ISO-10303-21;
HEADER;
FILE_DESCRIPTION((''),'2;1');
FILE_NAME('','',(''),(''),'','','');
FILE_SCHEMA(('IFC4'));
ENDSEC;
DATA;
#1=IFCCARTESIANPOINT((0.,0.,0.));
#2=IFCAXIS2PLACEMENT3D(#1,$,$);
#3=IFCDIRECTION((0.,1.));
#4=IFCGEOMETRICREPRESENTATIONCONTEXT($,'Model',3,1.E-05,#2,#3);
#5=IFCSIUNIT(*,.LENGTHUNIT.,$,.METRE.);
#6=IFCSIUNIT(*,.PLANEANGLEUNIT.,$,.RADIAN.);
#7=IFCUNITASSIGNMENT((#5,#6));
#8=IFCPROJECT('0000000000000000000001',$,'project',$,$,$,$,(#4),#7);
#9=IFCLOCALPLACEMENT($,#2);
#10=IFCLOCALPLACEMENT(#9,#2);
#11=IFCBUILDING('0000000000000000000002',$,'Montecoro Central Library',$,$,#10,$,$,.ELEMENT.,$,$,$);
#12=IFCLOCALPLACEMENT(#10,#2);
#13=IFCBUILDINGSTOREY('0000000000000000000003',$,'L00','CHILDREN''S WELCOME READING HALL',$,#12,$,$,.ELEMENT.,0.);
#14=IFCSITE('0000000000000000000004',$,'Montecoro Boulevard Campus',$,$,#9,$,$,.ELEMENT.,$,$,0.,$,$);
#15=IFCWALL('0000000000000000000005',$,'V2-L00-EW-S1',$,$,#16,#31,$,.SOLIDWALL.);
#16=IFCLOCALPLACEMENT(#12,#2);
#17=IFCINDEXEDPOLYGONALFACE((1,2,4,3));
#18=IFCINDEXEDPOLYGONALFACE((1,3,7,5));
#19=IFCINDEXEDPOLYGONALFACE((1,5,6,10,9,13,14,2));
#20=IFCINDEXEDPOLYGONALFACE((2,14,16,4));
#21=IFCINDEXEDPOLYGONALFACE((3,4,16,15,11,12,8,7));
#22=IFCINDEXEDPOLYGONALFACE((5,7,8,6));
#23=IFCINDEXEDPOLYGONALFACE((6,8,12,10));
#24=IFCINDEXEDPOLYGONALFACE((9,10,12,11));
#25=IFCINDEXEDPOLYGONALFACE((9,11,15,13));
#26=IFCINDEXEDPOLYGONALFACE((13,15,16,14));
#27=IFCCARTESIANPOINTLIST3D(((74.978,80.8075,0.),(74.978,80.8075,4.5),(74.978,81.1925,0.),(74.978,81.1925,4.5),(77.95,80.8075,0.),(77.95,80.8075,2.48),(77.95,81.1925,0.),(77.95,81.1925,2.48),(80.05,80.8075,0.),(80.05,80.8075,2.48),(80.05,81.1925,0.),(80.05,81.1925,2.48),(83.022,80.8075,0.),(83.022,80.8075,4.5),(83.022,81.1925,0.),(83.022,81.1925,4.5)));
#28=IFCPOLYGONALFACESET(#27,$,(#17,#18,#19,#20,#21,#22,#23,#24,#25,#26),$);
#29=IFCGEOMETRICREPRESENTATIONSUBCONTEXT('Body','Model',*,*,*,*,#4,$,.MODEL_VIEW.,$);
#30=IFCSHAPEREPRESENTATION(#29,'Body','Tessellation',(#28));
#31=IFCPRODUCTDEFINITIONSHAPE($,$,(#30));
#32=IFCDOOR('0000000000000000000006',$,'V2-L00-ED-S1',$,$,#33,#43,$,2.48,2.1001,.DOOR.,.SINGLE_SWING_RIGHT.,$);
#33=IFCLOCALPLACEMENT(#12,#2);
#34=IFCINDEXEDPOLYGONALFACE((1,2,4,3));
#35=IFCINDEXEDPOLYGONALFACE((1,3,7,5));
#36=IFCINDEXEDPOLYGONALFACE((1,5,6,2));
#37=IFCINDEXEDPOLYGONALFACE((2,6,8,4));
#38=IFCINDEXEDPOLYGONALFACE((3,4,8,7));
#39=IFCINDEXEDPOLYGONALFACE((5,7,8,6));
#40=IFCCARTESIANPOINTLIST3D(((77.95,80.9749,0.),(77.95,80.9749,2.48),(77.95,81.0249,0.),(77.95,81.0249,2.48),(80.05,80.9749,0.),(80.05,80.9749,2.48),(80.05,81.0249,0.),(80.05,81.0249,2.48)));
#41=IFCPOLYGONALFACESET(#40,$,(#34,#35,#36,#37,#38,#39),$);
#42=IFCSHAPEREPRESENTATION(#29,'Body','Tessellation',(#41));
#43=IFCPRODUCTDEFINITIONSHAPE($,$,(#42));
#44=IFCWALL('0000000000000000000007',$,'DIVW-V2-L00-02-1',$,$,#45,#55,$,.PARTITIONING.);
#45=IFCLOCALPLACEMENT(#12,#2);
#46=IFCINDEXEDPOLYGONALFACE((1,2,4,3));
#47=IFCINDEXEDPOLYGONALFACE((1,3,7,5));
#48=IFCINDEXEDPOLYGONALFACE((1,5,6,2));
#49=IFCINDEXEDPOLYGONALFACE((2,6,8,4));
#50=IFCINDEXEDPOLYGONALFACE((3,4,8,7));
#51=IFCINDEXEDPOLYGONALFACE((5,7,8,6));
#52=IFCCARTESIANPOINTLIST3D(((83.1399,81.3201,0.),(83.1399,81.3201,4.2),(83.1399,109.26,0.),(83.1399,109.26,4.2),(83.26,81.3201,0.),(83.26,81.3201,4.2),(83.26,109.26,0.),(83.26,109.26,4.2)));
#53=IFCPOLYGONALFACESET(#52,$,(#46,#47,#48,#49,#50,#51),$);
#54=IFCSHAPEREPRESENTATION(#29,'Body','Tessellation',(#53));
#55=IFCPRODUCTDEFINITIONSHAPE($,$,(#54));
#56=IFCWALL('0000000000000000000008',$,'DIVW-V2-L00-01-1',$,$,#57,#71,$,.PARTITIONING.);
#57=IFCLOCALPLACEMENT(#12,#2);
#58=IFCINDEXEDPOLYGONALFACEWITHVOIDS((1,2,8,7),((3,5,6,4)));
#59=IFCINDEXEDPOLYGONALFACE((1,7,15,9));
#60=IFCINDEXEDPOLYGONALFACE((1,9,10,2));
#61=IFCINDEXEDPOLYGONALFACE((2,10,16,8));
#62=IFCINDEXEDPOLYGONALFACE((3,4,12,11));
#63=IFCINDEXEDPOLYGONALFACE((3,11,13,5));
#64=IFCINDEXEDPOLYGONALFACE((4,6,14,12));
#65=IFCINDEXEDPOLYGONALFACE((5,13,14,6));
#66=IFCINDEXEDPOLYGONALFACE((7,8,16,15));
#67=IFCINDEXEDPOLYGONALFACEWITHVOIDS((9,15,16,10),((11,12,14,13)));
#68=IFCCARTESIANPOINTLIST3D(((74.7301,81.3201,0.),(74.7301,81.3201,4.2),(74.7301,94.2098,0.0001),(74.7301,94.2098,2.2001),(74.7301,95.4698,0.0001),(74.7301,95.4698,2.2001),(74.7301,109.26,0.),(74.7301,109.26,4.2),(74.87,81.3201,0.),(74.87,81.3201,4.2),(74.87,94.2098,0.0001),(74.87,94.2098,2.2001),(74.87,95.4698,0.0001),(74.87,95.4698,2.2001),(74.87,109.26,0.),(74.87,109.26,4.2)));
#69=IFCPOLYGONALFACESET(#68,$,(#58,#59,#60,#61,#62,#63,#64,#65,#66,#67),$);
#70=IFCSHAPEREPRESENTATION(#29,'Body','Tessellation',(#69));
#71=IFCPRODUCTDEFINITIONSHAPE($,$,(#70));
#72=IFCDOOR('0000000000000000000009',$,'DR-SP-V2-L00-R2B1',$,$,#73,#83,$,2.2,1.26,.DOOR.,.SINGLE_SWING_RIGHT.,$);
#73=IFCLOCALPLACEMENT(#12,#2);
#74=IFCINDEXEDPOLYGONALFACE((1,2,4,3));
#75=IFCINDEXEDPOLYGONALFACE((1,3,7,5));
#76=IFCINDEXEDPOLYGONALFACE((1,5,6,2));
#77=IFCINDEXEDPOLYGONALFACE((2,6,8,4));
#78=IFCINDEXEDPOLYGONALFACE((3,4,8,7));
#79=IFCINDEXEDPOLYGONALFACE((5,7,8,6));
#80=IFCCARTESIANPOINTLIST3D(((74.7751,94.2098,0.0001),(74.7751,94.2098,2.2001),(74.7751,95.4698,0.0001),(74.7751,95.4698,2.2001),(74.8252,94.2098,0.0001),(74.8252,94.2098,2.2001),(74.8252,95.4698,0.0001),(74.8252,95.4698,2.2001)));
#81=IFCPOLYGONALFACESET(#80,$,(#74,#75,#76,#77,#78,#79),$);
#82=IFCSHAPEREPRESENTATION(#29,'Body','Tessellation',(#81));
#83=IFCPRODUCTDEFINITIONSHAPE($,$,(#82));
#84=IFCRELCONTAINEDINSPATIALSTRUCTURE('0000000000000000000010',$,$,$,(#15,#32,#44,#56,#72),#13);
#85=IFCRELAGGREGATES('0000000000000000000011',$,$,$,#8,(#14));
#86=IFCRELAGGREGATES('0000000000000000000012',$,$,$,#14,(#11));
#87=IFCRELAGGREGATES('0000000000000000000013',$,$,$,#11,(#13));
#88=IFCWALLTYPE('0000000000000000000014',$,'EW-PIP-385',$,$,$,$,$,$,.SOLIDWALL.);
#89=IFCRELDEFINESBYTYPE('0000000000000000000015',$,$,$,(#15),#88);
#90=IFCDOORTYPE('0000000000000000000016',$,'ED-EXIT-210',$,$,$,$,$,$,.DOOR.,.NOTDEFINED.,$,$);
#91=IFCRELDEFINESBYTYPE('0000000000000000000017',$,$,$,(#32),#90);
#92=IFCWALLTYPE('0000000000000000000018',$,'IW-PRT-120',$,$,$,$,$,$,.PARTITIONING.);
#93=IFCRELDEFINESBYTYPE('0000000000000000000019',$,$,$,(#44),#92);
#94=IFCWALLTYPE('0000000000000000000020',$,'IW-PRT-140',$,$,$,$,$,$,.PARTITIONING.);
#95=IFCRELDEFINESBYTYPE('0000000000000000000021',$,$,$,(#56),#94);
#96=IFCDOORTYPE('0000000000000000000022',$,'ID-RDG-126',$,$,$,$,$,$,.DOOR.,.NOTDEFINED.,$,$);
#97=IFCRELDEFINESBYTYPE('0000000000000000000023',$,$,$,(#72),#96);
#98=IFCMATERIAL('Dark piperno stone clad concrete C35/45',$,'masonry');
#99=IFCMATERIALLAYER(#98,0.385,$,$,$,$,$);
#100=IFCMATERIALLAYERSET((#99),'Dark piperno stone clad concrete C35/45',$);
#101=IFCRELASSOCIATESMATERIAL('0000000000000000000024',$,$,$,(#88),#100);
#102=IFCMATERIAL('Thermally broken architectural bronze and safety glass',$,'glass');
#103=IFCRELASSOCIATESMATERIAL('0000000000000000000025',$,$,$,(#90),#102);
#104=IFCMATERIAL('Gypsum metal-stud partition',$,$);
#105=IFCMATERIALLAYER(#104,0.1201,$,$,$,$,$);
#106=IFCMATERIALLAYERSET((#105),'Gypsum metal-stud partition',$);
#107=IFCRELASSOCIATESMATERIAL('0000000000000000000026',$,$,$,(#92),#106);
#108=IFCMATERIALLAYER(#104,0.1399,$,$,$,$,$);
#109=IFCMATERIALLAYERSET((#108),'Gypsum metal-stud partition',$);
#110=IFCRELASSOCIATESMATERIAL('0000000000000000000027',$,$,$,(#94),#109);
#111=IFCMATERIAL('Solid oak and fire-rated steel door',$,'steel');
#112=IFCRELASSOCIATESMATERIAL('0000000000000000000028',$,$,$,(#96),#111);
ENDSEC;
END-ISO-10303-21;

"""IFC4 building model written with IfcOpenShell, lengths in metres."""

from ifc_helpers import new_model, si_unit, direction, frame, frame_2d, origin, place, context, subcontext, project, spatial, rectangle, extrude, material, layer, layer_set, type_object, element, fill, save


model = new_model("IFC4")

# Units and contexts
model_context = context("Model", 3, precision=1e-05, world=origin(), true_north=direction((0.0, 1.0)))
body_context = subcontext(model_context, "Body", "Model", "MODEL_VIEW")
ifc_project = project(units=[si_unit("LENGTHUNIT", "METRE"), si_unit("PLANEANGLEUNIT", "RADIAN")], contexts=[model_context])

# Site, building, storey
site_placement = place(None, origin())
site = spatial("IfcSite", under=ifc_project, at=site_placement, Name="Montecoro Boulevard Campus", CompositionType="ELEMENT", RefElevation=0.0)
building_placement = place(site_placement, origin())
building = spatial("IfcBuilding", under=site, at=building_placement, Name="Montecoro Central Library", CompositionType="ELEMENT")
storey_placement = place(building_placement, origin())
storey = spatial("IfcBuildingStorey", under=building, at=storey_placement, Name="L00", Description="CHILDREN'S WELCOME READING HALL", CompositionType="ELEMENT", Elevation=0.0)

# Wall, opening, door
ifc_material_1 = material(Name="Dark piperno stone clad concrete C35/45", Category="masonry")
ifc_layer_1 = layer(ifc_material_1, 0.385)
ifc_layer_set_1 = layer_set([ifc_layer_1], Name="Dark piperno stone clad concrete C35/45")
wall_type_1 = type_object("IfcWallType", Name="EW-PIP-385", PredefinedType="SOLIDWALL", material=ifc_layer_set_1)
wall_1_placement = place(storey_placement, frame((74.978, 81.0, 0.0), z_axis=(0.0, 0.0, 1.0), x_axis=(1.0, 0.0, 0.0)))
wall_1 = element("IfcWall", 1, at=wall_1_placement, inside=storey, type_object=wall_type_1, Name="V2-L00-EW-S1", PredefinedType="SOLIDWALL", context=body_context, shape_type="SweptSolid", body=[
    extrude(rectangle(XDim=8.0439, YDim=0.385, at=frame_2d((4.022, 0.0))), origin(), (0.0, 0.0, 1.0), 4.5),
])
opening_1_placement = place(wall_1_placement, frame((2.9719, 0.0, 0.0)))
opening_1 = element("IfcOpeningElement", 2, at=opening_1_placement, cuts=wall_1, PredefinedType="OPENING", context=body_context, shape_type="SweptSolid", body=[
    extrude(rectangle(XDim=2.1001, YDim=2.48, at=frame_2d((1.05, 1.24))), frame((0.0, 0.2024, 0.0), z_axis=(0.0, -1.0, 0.0), x_axis=(1.0, 0.0, 0.0)), (0.0, 0.0, 1.0), 0.405),
])
ifc_material_2 = material(Name="Thermally broken architectural bronze and safety glass", Category="glass")
door_type_1 = type_object("IfcDoorType", Name="ED-EXIT-210", OperationType="NOTDEFINED", PredefinedType="DOOR", material=ifc_material_2)
door_1_placement = place(opening_1_placement, origin())
door_1 = element("IfcDoor", 3, at=door_1_placement, inside=storey, type_object=door_type_1, Name="V2-L00-ED-S1", OperationType="SINGLE_SWING_RIGHT", OverallHeight=2.48, OverallWidth=2.1001, PredefinedType="DOOR", context=body_context, shape_type="SweptSolid", body=[
    extrude(rectangle(XDim=2.1001, YDim=2.48, at=frame_2d((1.05, 1.24))), frame((0.0, 0.0249, 0.0), z_axis=(0.0, -1.0, 0.0), x_axis=(1.0, 0.0, 0.0)), (0.0, 0.0, 1.0), 0.05),
])
fill(opening_1, door_1)

# Wall
ifc_material_3 = material(Name="Gypsum metal-stud partition")
ifc_layer_2 = layer(ifc_material_3, 0.1201)
ifc_layer_set_2 = layer_set([ifc_layer_2], Name="Gypsum metal-stud partition")
wall_type_2 = type_object("IfcWallType", Name="IW-PRT-120", PredefinedType="PARTITIONING", material=ifc_layer_set_2)
wall_2_placement = place(storey_placement, frame((83.2, 81.3201, 0.0), z_axis=(0.0, 0.0, 1.0), x_axis=(0.0, 1.0, 0.0)))
element("IfcWall", 4, at=wall_2_placement, inside=storey, type_object=wall_type_2, Name="DIVW-V2-L00-02-1", PredefinedType="PARTITIONING", context=body_context, shape_type="SweptSolid", body=[
    extrude(rectangle(XDim=27.9399, YDim=0.1201, at=frame_2d((13.97, 0.0))), origin(), (0.0, 0.0, 1.0), 4.2),
])

# Wall, opening, door
ifc_layer_3 = layer(ifc_material_3, 0.1399)
ifc_layer_set_3 = layer_set([ifc_layer_3], Name="Gypsum metal-stud partition")
wall_type_3 = type_object("IfcWallType", Name="IW-PRT-140", PredefinedType="PARTITIONING", material=ifc_layer_set_3)
wall_3_placement = place(storey_placement, frame((74.8, 81.3201, 0.0), z_axis=(0.0, 0.0, 1.0), x_axis=(0.0, 1.0, 0.0)))
wall_3 = element("IfcWall", 5, at=wall_3_placement, inside=storey, type_object=wall_type_3, Name="DIVW-V2-L00-01-1", PredefinedType="PARTITIONING", context=body_context, shape_type="SweptSolid", body=[
    extrude(rectangle(XDim=27.9399, YDim=0.1399, at=frame_2d((13.97, 0.0))), origin(), (0.0, 0.0, 1.0), 4.2),
])
opening_2_placement = place(wall_3_placement, frame((12.8899, 0.0, 0.0)))
opening_2 = element("IfcOpeningElement", 6, at=opening_2_placement, cuts=wall_3, PredefinedType="OPENING", context=body_context, shape_type="SweptSolid", body=[
    extrude(rectangle(XDim=1.26, YDim=2.2, at=frame_2d((0.6299, 1.1001))), frame((0.0, 0.0798, 0.0), z_axis=(0.0, -1.0, 0.0), x_axis=(1.0, 0.0, 0.0)), (0.0, 0.0, 1.0), 0.1599),
])
ifc_material_4 = material(Name="Solid oak and fire-rated steel door", Category="steel")
door_type_2 = type_object("IfcDoorType", Name="ID-RDG-126", OperationType="NOTDEFINED", PredefinedType="DOOR", material=ifc_material_4)
door_2_placement = place(opening_2_placement, origin())
door_2 = element("IfcDoor", 7, at=door_2_placement, inside=storey, type_object=door_type_2, Name="DR-SP-V2-L00-R2B1", OperationType="SINGLE_SWING_RIGHT", OverallHeight=2.2, OverallWidth=1.26, PredefinedType="DOOR", context=body_context, shape_type="SweptSolid", body=[
    extrude(rectangle(XDim=1.26, YDim=2.2, at=frame_2d((0.6299, 1.1001))), frame((0.0, 0.0249, 0.0), z_axis=(0.0, -1.0, 0.0), x_axis=(1.0, 0.0, 0.0)), (0.0, 0.0, 1.0), 0.05),
])
fill(opening_2, door_2)

save(model, "model.ifc")
